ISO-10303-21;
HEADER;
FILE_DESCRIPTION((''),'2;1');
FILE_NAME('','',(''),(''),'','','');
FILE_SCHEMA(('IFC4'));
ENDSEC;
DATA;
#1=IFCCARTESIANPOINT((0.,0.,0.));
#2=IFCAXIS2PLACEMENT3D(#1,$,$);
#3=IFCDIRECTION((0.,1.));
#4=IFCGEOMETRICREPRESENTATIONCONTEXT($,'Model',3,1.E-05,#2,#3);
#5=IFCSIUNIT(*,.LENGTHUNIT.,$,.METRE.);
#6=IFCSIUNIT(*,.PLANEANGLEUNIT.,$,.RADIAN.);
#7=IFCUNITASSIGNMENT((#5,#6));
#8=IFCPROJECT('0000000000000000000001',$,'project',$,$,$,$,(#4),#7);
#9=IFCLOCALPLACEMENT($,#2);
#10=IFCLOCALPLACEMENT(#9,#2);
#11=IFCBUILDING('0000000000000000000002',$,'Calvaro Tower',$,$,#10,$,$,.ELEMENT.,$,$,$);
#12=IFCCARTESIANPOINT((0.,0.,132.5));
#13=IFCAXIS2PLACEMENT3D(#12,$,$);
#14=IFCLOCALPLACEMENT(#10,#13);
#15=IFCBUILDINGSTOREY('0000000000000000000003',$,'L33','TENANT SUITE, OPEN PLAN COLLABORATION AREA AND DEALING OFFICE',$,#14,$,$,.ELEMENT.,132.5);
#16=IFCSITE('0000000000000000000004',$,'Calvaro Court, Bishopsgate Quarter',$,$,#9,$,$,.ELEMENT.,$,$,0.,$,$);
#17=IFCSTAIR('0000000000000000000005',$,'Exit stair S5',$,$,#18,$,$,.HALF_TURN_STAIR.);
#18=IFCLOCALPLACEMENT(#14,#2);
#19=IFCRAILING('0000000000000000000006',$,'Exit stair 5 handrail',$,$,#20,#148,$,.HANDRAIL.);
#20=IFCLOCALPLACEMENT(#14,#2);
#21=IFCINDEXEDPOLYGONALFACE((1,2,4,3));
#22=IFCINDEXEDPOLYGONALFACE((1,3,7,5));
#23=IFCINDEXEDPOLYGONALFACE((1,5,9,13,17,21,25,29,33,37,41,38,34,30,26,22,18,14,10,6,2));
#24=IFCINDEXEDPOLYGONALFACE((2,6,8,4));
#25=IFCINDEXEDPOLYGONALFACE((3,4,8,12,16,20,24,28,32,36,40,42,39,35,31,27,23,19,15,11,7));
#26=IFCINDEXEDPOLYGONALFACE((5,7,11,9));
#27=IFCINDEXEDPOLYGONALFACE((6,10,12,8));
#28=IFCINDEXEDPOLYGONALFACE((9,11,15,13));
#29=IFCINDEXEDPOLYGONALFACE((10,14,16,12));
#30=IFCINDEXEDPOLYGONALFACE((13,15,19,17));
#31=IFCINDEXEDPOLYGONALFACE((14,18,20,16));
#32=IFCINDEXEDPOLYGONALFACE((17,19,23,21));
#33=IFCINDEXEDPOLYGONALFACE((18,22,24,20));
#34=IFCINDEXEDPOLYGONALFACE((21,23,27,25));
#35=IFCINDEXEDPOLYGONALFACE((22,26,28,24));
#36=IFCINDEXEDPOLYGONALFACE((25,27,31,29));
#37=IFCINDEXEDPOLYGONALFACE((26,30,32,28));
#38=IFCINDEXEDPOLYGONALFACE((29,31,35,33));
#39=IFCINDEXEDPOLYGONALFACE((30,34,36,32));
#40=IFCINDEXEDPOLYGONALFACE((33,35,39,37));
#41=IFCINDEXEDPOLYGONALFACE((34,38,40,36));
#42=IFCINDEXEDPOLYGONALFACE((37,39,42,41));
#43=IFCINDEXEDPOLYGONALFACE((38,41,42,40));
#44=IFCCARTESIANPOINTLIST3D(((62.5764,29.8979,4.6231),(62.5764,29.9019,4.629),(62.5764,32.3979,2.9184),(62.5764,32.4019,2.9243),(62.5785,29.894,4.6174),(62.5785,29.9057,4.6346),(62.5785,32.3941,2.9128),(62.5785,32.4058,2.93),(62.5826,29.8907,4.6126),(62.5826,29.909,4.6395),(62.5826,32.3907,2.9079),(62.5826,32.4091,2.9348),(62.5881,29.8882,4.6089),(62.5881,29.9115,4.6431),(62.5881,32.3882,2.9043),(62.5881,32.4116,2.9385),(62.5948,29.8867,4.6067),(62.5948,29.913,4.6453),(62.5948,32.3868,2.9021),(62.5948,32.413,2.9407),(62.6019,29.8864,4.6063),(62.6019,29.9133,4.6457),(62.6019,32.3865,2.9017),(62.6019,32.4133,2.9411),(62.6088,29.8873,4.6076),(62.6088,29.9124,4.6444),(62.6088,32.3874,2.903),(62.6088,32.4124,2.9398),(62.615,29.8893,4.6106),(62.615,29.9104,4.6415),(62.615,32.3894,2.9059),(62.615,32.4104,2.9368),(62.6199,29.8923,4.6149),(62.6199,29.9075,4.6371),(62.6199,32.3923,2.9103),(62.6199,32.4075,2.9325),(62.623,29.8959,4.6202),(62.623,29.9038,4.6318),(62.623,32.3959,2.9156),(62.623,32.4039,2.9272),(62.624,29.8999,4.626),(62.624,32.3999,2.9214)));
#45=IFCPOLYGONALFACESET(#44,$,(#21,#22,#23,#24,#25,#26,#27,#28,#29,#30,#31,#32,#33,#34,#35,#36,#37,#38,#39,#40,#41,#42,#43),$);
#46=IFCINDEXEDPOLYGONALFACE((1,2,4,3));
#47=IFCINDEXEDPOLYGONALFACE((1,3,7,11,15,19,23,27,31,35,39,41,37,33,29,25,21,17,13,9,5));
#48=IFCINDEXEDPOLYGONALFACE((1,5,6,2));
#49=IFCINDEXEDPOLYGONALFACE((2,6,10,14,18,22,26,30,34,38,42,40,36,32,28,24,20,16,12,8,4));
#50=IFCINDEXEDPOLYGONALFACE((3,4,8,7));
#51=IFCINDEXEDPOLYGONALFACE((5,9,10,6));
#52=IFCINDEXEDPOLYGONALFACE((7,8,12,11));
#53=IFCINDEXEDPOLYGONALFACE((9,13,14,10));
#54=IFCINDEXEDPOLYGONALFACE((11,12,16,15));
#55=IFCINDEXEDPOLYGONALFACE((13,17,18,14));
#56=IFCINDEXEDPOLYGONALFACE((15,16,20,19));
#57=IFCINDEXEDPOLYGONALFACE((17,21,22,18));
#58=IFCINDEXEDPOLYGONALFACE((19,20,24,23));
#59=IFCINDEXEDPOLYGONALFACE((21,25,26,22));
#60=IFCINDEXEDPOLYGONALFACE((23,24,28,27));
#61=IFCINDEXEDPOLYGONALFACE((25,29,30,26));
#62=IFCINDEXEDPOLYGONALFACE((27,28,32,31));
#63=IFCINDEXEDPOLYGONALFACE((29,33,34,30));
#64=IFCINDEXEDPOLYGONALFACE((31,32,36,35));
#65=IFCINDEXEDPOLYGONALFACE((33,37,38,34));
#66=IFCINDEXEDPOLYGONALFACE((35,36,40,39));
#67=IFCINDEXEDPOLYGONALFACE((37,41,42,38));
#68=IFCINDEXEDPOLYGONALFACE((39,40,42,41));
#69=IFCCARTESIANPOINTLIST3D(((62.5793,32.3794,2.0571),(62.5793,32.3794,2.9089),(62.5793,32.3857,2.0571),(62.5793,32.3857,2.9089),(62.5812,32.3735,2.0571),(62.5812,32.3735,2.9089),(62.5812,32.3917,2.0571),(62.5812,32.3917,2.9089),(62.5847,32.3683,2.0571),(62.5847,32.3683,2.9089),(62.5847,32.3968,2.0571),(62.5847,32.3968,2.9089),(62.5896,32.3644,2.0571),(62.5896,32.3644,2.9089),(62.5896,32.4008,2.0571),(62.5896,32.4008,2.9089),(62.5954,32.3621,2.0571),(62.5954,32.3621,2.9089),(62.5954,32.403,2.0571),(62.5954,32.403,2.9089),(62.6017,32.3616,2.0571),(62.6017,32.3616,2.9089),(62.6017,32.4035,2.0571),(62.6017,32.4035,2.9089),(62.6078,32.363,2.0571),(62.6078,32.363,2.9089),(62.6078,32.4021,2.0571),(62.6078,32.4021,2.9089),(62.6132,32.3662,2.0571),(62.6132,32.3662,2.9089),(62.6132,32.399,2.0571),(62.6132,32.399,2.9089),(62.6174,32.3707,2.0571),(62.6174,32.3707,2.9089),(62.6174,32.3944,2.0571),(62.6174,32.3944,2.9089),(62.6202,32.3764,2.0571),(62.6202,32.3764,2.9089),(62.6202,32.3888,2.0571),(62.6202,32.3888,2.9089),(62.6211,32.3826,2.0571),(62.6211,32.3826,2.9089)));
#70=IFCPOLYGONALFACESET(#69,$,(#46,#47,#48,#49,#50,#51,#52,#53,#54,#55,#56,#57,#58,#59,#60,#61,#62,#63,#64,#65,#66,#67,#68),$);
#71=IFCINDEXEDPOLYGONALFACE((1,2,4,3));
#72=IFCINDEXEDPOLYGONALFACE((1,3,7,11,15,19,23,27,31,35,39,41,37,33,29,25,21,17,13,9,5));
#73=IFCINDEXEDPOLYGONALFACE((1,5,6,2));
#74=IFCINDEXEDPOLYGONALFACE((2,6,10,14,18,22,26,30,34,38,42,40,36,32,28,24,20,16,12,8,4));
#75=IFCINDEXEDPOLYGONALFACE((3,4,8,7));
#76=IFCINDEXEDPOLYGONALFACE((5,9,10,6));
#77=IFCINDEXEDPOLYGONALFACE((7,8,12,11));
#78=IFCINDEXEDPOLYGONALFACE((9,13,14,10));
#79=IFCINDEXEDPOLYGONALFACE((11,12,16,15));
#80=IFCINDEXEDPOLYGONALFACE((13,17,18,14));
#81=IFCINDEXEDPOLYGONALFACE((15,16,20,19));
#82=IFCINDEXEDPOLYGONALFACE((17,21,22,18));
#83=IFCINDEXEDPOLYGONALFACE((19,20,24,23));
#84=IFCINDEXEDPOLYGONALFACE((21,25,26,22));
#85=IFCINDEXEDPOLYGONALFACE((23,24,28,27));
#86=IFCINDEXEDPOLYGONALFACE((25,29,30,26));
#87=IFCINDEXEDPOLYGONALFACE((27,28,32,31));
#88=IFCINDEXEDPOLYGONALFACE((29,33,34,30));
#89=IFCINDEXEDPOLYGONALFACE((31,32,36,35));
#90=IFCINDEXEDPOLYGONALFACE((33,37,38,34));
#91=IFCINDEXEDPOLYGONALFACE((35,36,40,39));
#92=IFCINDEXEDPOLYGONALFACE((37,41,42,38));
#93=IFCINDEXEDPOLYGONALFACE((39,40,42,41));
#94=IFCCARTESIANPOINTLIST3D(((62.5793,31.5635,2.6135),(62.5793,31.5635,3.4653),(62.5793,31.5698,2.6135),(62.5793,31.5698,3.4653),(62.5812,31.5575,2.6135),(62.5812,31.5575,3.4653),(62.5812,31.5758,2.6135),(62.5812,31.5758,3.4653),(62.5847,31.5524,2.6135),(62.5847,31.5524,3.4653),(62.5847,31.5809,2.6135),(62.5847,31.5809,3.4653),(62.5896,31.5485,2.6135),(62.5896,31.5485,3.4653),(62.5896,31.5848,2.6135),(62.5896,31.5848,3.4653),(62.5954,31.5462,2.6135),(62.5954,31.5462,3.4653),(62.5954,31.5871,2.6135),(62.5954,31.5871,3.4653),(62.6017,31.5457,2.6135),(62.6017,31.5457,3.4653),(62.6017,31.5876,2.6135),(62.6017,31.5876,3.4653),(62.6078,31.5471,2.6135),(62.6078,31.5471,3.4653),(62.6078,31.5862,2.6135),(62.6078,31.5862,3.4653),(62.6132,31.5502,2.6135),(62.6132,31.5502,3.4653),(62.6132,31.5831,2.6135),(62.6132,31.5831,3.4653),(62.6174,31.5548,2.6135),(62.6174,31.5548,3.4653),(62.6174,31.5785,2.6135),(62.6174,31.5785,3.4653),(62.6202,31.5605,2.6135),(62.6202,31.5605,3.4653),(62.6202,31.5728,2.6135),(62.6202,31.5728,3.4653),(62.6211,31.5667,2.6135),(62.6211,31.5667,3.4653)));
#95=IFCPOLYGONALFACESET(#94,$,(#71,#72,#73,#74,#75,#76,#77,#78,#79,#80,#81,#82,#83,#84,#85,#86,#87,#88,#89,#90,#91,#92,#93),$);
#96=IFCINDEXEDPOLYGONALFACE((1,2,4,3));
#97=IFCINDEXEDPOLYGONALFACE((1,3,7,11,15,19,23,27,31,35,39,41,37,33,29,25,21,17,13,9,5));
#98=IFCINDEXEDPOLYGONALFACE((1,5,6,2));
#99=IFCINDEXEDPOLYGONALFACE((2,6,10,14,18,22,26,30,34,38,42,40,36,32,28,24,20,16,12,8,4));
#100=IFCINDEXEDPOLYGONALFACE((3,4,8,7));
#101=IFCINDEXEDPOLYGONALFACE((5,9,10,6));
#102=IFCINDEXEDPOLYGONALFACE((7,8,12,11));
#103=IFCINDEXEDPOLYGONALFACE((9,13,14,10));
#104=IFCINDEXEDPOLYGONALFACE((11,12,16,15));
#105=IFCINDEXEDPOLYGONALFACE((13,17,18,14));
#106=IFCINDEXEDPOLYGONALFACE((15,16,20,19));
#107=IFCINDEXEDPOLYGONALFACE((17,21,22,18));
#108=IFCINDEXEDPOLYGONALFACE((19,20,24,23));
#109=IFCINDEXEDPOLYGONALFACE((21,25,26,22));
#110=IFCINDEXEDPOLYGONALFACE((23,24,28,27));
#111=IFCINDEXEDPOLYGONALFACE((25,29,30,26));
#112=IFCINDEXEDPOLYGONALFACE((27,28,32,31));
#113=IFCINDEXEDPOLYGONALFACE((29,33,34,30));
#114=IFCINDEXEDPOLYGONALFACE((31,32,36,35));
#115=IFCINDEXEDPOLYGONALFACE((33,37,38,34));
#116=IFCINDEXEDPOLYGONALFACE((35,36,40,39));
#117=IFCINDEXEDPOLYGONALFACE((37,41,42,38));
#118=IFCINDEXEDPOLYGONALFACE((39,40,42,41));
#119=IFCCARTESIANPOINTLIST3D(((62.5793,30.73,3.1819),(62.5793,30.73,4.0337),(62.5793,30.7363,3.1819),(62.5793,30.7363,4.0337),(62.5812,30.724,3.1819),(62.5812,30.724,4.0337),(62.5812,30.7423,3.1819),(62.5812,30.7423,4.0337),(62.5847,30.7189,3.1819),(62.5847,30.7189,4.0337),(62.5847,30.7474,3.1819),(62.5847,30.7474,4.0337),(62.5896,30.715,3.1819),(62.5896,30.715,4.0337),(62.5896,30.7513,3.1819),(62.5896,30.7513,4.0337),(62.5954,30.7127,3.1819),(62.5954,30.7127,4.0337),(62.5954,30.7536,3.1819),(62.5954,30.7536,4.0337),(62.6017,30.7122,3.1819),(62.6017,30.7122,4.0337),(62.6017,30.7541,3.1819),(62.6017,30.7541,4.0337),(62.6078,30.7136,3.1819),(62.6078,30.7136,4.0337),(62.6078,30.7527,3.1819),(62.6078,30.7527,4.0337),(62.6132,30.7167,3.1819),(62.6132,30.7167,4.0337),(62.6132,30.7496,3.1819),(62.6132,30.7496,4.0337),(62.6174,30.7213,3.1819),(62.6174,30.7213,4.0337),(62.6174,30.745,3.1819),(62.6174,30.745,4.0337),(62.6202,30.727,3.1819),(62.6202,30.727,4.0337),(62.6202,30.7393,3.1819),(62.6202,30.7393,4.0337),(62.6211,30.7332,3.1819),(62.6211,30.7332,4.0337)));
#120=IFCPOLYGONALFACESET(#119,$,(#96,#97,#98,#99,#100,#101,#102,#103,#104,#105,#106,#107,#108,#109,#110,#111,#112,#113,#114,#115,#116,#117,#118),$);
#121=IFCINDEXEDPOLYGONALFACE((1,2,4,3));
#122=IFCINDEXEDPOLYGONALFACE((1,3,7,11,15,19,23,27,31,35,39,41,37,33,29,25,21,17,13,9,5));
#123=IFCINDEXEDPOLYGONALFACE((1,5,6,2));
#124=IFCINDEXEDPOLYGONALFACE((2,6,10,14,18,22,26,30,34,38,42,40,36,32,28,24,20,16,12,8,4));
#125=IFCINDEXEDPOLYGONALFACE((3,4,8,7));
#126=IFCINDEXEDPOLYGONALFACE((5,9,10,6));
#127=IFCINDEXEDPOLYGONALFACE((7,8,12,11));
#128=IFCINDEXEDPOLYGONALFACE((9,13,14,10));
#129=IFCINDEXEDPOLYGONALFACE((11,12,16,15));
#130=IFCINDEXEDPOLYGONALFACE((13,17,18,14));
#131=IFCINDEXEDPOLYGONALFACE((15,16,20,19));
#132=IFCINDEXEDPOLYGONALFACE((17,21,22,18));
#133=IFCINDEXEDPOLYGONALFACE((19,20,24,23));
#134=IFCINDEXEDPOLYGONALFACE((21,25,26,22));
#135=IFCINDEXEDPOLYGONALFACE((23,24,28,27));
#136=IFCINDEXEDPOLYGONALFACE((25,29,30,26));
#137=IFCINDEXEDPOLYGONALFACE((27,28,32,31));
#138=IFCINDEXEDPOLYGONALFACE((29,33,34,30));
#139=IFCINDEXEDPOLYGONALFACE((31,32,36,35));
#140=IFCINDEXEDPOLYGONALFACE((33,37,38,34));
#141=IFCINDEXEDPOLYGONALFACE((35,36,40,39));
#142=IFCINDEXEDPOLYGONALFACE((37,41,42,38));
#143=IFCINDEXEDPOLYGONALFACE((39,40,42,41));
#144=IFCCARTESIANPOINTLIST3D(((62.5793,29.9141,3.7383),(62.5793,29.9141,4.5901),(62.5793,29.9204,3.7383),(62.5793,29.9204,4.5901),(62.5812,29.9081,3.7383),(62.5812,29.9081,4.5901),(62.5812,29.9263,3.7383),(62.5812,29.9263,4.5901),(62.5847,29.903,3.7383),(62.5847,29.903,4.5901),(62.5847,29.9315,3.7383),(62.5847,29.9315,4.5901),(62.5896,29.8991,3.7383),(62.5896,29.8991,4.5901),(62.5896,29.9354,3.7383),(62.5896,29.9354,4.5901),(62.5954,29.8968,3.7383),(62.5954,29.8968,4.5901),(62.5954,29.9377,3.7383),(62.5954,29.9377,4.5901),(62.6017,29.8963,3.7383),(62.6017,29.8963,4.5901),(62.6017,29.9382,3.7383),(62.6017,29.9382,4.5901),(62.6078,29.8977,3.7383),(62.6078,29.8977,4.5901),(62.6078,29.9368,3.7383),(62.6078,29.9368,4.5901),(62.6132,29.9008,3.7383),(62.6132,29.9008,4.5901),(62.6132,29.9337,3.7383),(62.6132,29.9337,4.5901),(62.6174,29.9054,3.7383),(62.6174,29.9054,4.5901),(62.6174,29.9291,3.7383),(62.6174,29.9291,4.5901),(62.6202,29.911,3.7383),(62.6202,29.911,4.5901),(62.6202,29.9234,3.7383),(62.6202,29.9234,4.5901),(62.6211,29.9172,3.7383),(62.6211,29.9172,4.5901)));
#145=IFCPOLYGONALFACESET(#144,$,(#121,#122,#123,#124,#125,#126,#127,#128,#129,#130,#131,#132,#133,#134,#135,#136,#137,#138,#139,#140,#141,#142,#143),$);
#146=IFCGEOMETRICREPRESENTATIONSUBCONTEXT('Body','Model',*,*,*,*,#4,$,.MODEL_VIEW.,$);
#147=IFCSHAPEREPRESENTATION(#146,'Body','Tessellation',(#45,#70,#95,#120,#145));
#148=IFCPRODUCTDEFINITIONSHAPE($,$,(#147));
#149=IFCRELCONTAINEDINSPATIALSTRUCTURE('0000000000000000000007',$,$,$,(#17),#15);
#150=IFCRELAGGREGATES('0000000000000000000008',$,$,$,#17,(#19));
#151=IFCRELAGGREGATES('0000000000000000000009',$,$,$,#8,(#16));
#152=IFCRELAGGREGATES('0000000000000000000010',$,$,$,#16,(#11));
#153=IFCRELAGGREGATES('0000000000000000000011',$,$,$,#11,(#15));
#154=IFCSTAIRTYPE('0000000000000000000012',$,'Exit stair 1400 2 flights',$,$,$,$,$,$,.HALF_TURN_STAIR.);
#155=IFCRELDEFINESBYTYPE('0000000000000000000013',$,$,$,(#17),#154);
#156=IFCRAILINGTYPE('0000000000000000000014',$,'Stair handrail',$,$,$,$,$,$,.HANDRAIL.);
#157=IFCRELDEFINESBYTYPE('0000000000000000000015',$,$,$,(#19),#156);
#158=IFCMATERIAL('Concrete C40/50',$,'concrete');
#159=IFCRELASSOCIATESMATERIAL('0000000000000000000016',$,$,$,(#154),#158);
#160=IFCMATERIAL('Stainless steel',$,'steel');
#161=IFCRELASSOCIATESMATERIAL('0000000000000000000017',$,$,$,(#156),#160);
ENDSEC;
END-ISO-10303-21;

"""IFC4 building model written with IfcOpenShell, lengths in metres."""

from ifc_helpers import new_model, si_unit, direction, frame, origin, origin_2d, place, context, subcontext, project, spatial, circle, extrude, material, type_object, element, aggregate, save


model = new_model("IFC4")

# Units and contexts
model_context = context("Model", 3, precision=1e-05, world=origin(), true_north=direction((0.0, 1.0)))
body_context = subcontext(model_context, "Body", "Model", "MODEL_VIEW")
ifc_project = project(units=[si_unit("LENGTHUNIT", "METRE"), si_unit("PLANEANGLEUNIT", "RADIAN")], contexts=[model_context])

# Site, building, storey
site_placement = place(None, origin())
site = spatial("IfcSite", under=ifc_project, at=site_placement, Name="Calvaro Court, Bishopsgate Quarter", CompositionType="ELEMENT", RefElevation=0.0)
building_placement = place(site_placement, origin())
building = spatial("IfcBuilding", under=site, at=building_placement, Name="Calvaro Tower", CompositionType="ELEMENT")
storey_placement = place(building_placement, frame((0.0, 0.0, 132.5)))
storey = spatial("IfcBuildingStorey", under=building, at=storey_placement, Name="L33", Description="TENANT SUITE, OPEN PLAN COLLABORATION AREA AND DEALING OFFICE", CompositionType="ELEMENT", Elevation=132.5)

# Stair
ifc_material_1 = material(Name="Concrete C40/50", Category="concrete")
stair_type = type_object("IfcStairType", Name="Exit stair 1400 2 flights", PredefinedType="HALF_TURN_STAIR", material=ifc_material_1)
stair_1_placement = place(storey_placement, origin())
stair_1 = element("IfcStair", 1, at=stair_1_placement, inside=storey, type_object=stair_type, Name="Exit stair S5", PredefinedType="HALF_TURN_STAIR")

# Shared definitions
ifc_material_2 = material(Name="Stainless steel", Category="steel")
railing_type = type_object("IfcRailingType", Name="Stair handrail", PredefinedType="HANDRAIL", material=ifc_material_2)

# Railing
railing_1_placement = place(storey_placement, frame((62.6001, 32.3999, 2.0454)))
railing_1 = element("IfcRailing", 2, at=railing_1_placement, type_object=railing_type, Name="Exit stair 5 handrail", PredefinedType="HANDRAIL", context=body_context, shape_type="SweptSolid", body=[
    extrude(circle(Radius=0.0239, at=origin_2d()), frame((0.0, 0.0, 0.876), z_axis=(0.0, -0.826221, 0.563347), x_axis=(1.0, 0.0, 0.0)), (0.0, 0.0, 1.0), 3.0259),
    extrude(circle(Radius=0.021, at=origin_2d()), frame((0.0, -0.0173, 0.0117)), (0.0, 0.0, 1.0), 0.8518),
    extrude(circle(Radius=0.021, at=origin_2d()), frame((0.0, -0.8333, 0.5681)), (0.0, 0.0, 1.0), 0.8518),
    extrude(circle(Radius=0.021, at=origin_2d()), frame((0.0, -1.6667, 1.1365)), (0.0, 0.0, 1.0), 0.8518),
    extrude(circle(Radius=0.021, at=origin_2d()), frame((0.0, -2.4827, 1.6929)), (0.0, 0.0, 1.0), 0.8518),
])
aggregate(stair_1, [railing_1])

save(model, "model.ifc")
